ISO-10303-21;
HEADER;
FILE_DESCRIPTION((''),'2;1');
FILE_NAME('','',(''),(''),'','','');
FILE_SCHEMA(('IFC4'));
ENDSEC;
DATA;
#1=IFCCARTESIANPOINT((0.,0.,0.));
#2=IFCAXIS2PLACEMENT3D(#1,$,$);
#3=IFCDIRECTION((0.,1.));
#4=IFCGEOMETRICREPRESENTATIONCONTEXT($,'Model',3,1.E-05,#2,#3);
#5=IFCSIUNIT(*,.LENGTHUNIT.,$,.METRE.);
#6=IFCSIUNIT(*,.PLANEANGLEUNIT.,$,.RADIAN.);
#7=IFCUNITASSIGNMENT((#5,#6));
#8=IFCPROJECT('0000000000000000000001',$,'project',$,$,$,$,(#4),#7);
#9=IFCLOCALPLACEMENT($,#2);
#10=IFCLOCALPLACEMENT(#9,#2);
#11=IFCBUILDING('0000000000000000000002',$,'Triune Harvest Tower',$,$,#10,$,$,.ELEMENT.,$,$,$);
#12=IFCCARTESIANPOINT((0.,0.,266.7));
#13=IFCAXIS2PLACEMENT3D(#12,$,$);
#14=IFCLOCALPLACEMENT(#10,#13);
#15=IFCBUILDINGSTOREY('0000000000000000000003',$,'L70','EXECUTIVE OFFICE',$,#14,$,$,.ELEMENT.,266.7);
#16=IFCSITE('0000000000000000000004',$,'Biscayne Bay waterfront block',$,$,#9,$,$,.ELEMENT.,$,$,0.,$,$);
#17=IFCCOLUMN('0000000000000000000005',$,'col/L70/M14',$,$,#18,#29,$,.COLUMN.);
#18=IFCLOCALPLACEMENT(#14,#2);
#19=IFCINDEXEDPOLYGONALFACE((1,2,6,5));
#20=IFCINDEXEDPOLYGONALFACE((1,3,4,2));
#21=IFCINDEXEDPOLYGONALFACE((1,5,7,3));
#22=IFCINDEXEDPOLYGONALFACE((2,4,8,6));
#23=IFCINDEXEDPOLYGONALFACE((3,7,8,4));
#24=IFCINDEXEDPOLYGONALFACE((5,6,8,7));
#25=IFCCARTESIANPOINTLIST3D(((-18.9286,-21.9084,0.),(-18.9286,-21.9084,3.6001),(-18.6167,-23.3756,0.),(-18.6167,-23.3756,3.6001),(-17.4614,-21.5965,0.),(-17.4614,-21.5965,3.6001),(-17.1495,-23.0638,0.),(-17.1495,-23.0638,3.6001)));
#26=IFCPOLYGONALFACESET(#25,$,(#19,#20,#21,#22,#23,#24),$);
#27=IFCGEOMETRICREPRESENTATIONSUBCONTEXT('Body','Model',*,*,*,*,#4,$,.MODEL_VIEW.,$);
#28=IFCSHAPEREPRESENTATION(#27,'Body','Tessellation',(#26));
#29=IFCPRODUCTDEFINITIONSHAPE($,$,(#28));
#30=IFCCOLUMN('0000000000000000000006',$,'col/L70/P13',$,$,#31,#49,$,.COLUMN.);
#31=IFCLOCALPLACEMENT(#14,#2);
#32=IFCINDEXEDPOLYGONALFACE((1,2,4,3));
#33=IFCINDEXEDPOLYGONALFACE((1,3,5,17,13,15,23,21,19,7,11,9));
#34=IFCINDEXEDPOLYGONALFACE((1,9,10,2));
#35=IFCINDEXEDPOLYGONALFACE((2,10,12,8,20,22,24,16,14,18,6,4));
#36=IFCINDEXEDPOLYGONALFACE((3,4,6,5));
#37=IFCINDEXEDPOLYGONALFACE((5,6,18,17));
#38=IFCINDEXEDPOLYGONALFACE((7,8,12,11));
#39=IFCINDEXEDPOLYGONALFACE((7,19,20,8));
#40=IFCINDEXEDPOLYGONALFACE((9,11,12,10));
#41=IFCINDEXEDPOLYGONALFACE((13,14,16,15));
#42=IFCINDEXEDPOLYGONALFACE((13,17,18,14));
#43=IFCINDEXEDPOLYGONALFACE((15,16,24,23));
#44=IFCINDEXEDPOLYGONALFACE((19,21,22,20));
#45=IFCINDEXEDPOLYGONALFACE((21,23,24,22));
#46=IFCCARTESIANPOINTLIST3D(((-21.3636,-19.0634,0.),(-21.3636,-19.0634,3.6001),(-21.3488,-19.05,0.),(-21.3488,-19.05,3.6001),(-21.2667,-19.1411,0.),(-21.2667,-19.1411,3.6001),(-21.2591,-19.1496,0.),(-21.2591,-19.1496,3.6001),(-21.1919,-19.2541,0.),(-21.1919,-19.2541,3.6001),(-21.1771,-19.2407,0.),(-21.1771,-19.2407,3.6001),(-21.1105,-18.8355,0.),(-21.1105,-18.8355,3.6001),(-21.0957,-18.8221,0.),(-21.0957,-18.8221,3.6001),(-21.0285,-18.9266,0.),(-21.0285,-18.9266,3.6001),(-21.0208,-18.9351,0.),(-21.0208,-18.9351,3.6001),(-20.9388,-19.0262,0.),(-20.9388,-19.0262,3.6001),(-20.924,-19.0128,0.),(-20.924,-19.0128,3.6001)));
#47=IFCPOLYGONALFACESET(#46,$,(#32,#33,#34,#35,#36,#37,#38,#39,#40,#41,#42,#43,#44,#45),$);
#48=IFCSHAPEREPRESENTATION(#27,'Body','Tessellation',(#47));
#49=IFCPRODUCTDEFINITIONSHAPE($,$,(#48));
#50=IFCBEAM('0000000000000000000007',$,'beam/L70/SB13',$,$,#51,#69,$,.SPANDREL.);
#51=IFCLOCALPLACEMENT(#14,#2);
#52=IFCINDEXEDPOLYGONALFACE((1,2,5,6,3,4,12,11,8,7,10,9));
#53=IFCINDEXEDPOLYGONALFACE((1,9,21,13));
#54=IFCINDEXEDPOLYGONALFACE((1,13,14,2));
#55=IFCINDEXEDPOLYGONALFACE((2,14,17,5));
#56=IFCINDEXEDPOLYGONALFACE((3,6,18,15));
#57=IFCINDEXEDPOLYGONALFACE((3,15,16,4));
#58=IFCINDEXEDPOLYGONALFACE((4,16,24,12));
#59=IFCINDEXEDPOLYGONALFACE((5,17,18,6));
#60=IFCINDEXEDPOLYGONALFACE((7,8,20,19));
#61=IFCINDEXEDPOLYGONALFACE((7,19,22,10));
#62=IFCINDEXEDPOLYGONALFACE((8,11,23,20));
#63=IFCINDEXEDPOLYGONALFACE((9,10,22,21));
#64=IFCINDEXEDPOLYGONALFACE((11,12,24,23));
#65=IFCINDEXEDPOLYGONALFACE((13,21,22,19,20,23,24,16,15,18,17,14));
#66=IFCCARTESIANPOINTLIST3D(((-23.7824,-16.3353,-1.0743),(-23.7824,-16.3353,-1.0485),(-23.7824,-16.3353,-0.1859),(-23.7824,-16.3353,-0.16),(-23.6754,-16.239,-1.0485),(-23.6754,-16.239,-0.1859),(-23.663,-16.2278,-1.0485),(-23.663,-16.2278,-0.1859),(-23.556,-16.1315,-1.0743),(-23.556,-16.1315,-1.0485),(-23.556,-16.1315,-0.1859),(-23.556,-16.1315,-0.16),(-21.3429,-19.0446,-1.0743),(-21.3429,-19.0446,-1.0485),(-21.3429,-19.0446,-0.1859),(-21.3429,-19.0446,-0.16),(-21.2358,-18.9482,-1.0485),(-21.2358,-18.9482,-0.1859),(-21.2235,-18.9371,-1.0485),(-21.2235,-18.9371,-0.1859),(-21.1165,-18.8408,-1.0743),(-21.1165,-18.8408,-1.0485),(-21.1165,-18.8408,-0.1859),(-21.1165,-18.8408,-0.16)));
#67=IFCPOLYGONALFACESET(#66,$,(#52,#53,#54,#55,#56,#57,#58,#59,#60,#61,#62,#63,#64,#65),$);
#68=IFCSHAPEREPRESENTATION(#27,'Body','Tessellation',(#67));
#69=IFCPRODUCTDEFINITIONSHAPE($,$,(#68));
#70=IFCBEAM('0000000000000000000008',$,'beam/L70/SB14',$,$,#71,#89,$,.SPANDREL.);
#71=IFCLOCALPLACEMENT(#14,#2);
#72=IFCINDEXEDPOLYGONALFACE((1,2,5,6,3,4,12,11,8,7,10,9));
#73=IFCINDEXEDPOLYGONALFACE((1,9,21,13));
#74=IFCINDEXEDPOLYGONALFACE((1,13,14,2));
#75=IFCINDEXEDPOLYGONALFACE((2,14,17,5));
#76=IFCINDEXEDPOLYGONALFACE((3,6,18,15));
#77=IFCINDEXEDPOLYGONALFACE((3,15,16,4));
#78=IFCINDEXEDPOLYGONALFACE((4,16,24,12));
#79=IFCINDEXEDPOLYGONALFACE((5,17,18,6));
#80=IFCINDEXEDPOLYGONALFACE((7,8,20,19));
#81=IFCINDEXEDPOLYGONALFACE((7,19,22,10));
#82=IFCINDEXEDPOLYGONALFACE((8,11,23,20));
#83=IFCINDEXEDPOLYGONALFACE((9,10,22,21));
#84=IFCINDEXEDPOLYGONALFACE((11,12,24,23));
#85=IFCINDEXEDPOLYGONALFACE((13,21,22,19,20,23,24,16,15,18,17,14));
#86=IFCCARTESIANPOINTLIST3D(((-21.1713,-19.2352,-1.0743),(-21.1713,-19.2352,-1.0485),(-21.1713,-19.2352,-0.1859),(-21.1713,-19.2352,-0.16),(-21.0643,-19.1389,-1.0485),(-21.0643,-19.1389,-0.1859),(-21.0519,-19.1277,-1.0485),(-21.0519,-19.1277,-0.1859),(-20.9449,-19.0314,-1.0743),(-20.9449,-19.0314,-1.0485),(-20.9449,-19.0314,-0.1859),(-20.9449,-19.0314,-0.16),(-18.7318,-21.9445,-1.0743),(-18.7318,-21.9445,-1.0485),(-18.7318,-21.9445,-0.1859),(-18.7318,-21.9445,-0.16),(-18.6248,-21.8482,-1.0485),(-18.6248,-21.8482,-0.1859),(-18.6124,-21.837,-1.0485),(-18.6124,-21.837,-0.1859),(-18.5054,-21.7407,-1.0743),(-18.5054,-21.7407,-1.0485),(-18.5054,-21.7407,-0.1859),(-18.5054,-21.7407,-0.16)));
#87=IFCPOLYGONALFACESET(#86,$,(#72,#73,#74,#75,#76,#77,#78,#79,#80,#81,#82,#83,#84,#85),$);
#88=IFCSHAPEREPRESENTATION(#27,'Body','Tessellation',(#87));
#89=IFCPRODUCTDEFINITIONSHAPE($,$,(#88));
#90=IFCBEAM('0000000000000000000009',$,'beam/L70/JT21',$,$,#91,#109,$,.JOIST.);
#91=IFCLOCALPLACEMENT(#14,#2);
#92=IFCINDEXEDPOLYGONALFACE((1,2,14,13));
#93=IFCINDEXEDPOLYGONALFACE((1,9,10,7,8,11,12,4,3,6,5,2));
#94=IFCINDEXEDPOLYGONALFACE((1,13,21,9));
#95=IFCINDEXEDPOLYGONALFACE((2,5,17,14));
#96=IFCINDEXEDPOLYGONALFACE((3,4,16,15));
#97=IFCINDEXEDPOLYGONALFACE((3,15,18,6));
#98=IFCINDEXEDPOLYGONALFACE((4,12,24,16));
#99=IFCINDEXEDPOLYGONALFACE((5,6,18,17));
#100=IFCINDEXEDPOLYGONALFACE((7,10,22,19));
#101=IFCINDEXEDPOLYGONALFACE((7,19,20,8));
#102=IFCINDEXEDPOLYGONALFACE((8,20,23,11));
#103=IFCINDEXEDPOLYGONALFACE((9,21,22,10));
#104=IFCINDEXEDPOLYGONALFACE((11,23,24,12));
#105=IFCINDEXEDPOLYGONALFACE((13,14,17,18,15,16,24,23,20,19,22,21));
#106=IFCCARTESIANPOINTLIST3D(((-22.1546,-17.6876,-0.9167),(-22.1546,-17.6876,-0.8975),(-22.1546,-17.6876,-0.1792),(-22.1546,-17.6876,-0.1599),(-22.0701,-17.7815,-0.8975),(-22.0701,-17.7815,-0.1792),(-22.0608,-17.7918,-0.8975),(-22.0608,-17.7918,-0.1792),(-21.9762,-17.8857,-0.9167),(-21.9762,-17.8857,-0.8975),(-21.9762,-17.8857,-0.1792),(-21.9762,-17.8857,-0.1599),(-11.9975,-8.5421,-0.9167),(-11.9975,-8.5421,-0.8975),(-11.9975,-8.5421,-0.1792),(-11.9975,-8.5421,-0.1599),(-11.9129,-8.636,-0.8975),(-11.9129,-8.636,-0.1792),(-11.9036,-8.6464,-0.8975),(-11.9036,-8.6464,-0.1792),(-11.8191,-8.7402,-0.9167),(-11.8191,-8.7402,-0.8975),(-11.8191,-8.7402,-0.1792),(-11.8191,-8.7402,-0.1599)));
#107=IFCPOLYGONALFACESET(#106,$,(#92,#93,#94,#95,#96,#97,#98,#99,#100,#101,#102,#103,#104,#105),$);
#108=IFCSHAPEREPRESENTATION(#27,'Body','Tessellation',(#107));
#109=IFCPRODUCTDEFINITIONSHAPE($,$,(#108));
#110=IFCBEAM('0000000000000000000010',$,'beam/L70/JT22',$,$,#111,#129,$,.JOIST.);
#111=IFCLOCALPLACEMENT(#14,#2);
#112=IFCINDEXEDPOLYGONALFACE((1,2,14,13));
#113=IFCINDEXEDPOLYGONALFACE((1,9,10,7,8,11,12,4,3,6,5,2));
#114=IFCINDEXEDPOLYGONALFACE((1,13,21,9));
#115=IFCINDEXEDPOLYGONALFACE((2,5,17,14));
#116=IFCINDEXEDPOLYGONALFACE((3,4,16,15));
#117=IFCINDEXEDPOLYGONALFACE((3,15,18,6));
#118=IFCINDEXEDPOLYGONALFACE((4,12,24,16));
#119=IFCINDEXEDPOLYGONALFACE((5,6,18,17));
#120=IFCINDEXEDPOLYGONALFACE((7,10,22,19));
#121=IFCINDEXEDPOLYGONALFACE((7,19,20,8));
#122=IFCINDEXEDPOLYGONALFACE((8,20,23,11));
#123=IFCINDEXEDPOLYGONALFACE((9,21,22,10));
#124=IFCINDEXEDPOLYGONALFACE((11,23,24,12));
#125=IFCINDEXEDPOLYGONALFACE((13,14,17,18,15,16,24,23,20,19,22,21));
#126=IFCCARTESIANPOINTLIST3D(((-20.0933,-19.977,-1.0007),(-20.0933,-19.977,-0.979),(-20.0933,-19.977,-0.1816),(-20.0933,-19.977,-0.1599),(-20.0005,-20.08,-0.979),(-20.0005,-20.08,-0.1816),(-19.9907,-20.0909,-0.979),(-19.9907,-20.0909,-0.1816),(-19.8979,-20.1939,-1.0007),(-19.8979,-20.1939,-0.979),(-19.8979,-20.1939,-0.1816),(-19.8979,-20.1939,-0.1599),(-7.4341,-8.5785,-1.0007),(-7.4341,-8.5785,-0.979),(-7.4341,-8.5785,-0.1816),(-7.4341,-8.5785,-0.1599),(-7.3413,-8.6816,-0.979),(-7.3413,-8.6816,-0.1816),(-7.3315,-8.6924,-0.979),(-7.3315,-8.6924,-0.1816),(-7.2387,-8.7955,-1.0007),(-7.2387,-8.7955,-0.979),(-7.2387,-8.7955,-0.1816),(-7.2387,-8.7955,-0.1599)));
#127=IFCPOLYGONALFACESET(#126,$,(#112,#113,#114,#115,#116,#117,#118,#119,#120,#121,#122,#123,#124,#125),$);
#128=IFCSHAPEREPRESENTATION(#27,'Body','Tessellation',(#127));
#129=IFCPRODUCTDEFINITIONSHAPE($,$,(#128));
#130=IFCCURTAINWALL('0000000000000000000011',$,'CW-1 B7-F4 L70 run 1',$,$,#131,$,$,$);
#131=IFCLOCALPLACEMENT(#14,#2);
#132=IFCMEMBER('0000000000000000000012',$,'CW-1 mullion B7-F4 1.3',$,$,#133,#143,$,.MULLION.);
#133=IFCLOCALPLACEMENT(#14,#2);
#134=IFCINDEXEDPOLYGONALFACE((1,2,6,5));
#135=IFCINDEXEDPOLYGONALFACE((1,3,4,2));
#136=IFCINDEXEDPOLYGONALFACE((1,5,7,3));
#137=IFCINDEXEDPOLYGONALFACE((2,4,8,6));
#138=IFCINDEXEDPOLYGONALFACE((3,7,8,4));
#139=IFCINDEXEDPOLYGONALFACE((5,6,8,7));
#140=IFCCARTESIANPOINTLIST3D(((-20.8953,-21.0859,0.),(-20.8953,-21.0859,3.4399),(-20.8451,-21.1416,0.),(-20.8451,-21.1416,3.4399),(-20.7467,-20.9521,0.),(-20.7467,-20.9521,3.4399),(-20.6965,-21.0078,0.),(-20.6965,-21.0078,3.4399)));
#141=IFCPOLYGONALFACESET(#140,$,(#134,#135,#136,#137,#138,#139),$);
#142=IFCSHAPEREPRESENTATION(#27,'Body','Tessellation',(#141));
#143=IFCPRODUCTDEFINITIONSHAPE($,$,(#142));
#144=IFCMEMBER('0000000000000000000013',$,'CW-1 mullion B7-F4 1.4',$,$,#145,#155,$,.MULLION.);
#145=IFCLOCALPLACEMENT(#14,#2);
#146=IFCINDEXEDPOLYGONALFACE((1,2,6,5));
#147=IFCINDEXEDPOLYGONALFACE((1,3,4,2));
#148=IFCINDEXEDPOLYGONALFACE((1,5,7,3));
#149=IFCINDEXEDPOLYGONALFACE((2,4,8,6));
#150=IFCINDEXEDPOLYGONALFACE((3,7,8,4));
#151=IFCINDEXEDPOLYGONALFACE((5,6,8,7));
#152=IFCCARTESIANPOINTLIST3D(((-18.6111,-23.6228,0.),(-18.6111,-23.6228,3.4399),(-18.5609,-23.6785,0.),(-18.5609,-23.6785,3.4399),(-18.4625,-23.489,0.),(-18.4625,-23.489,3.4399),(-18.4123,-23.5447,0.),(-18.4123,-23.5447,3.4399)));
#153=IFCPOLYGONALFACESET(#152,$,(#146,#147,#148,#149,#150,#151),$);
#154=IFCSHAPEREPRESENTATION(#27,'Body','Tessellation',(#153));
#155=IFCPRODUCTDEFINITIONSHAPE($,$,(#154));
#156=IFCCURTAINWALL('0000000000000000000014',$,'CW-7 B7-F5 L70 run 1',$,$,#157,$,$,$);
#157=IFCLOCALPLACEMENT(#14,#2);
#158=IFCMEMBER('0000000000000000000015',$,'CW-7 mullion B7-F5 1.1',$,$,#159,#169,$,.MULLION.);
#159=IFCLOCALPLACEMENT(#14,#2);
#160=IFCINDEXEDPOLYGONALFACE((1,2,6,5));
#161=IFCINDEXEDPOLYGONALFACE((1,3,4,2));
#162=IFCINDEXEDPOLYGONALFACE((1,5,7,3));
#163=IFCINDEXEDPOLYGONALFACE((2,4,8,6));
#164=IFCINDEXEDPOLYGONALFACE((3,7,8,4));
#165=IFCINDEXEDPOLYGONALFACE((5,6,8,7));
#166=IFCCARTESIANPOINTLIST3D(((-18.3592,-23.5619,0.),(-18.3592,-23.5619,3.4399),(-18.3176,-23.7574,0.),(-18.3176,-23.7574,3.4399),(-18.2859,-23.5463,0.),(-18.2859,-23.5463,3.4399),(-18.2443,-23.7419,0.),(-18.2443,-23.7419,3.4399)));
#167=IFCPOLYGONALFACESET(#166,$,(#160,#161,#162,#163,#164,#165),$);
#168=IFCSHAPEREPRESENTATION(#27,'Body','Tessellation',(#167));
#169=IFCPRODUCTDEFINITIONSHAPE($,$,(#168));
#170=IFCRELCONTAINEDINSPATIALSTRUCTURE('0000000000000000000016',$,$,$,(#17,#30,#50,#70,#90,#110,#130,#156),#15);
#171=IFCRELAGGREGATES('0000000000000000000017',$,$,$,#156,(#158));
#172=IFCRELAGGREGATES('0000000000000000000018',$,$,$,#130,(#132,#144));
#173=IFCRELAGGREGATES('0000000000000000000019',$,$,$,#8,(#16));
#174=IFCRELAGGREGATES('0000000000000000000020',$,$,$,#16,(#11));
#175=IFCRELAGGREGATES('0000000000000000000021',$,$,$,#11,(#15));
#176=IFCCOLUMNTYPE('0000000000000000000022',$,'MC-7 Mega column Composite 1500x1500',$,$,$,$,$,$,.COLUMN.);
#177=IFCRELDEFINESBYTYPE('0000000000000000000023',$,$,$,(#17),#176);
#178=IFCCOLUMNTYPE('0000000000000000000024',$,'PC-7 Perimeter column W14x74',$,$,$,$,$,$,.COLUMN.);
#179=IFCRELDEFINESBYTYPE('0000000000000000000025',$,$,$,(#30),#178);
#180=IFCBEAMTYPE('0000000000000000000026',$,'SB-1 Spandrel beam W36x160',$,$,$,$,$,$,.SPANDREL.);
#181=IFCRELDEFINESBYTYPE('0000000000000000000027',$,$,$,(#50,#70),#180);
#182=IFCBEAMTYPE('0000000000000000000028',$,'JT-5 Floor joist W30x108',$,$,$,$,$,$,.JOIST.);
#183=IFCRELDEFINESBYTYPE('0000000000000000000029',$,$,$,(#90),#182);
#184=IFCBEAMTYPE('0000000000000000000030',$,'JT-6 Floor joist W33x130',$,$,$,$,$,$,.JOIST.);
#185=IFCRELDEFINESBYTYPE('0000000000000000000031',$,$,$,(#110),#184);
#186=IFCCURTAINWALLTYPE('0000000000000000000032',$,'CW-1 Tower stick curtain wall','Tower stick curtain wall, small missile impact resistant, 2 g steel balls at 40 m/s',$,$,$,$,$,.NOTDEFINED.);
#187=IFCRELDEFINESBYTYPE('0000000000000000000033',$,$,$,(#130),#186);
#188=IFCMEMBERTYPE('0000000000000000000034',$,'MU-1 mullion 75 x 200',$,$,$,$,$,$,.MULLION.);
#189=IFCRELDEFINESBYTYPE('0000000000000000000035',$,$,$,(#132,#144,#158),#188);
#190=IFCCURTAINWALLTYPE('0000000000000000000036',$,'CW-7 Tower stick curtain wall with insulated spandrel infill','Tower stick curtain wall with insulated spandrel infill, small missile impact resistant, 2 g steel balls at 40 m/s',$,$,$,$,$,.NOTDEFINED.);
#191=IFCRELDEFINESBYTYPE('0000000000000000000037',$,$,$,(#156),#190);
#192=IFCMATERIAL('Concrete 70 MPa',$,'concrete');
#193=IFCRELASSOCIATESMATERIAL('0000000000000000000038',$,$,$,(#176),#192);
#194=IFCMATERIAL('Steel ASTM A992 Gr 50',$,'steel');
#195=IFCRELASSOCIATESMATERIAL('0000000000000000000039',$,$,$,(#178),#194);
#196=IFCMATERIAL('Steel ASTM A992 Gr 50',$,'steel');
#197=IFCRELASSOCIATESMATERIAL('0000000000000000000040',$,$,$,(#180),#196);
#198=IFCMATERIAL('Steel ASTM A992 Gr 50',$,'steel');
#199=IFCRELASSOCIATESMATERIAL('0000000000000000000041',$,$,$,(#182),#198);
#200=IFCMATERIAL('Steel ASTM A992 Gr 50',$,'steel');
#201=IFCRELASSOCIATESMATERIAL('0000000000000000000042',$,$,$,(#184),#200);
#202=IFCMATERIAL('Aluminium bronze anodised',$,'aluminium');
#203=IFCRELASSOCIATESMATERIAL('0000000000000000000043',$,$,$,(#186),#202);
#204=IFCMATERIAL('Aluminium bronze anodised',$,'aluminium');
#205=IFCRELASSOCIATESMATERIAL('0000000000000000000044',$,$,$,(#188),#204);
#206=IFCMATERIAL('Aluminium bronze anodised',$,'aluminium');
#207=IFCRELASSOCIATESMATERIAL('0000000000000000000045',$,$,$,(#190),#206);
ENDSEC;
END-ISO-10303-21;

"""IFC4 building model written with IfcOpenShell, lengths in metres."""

from ifc_helpers import new_model, si_unit, direction, frame, origin, origin_2d, place, context, subcontext, project, spatial, rectangle, i_section, extrude, source, transform, mapped, material, material_profile, profile_set, type_object, element, aggregate, save


model = new_model("IFC4")

# Units and contexts
model_context = context("Model", 3, precision=1e-05, world=origin(), true_north=direction((0.0, 1.0)))
body_context = subcontext(model_context, "Body", "Model", "MODEL_VIEW")
ifc_project = project(units=[si_unit("LENGTHUNIT", "METRE"), si_unit("PLANEANGLEUNIT", "RADIAN")], contexts=[model_context])

# Site, building, storey
site_placement = place(None, origin())
site = spatial("IfcSite", under=ifc_project, at=site_placement, Name="Biscayne Bay waterfront block", CompositionType="ELEMENT", RefElevation=0.0)
building_placement = place(site_placement, origin())
building = spatial("IfcBuilding", under=site, at=building_placement, Name="Triune Harvest Tower", CompositionType="ELEMENT")
storey_placement = place(building_placement, frame((0.0, 0.0, 266.7)))
storey = spatial("IfcBuildingStorey", under=building, at=storey_placement, Name="L70", Description="EXECUTIVE OFFICE", CompositionType="ELEMENT", Elevation=266.7)

# Columns
ifc_material_1 = material(Name="Concrete 70 MPa", Category="concrete")
ifc_material_profile_1 = material_profile(ifc_material_1, rectangle(XDim=1.5, YDim=1.5, at=origin_2d()), Name="Composite 1500x1500")
ifc_profile_set_1 = profile_set([ifc_material_profile_1], Name="Concrete 70 MPa")
column_type_1 = type_object("IfcColumnType", Name="MC-7 Mega column Composite 1500x1500", PredefinedType="COLUMN", material=ifc_profile_set_1)
shared_shape_1 = source(origin(), body_context, "Body", "SweptSolid", [
    extrude(rectangle(XDim=1.5, YDim=1.5, at=origin_2d()), origin(), (0.0, 0.0, 1.0), 3.6001),
])
column_1_placement = place(storey_placement, frame((-18.0391, -22.4861, 0.0), z_axis=(0.0, 0.0, 1.0), x_axis=(0.978147, 0.207913, 0.0)))
element("IfcColumn", 1, at=column_1_placement, inside=storey, type_object=column_type_1, Name="col/L70/M14", PredefinedType="COLUMN", context=body_context, shape_type="MappedRepresentation", body=[
    mapped(shared_shape_1, transform((0.0, 0.0, 0.0), scale=1.0)),
])
ifc_material_2 = material(Name="Steel ASTM A992 Gr 50", Category="steel")
ifc_material_profile_2 = material_profile(ifc_material_2, i_section(OverallWidth=0.2566, OverallDepth=0.3606, WebThickness=0.0115, FlangeThickness=0.02, at=origin_2d()), Name="W14x74")
ifc_profile_set_2 = profile_set([ifc_material_profile_2], Name="Steel ASTM A992 Gr 50")
column_type_2 = type_object("IfcColumnType", Name="PC-7 Perimeter column W14x74", PredefinedType="COLUMN", material=ifc_profile_set_2)
shared_shape_2 = source(origin(), body_context, "Body", "SweptSolid", [
    extrude(i_section(OverallWidth=0.2566, OverallDepth=0.3606, WebThickness=0.0115, FlangeThickness=0.02, at=origin_2d()), origin(), (0.0, 0.0, 1.0), 3.6001),
])
column_2_placement = place(storey_placement, frame((-21.1438, -19.0381, 0.0), z_axis=(0.0, 0.0, 1.0), x_axis=(0.669129, -0.743146, 0.0)))
element("IfcColumn", 2, at=column_2_placement, inside=storey, type_object=column_type_2, Name="col/L70/P13", PredefinedType="COLUMN", context=body_context, shape_type="MappedRepresentation", body=[
    mapped(shared_shape_2, transform((0.0, 0.0, 0.0), scale=1.0)),
])

# Beams
ifc_material_3 = material(Name="Steel ASTM A992 Gr 50", Category="steel")
ifc_material_profile_3 = material_profile(ifc_material_3, i_section(OverallWidth=0.3047, OverallDepth=0.9143, WebThickness=0.0166, FlangeThickness=0.0259, at=origin_2d()), Name="W36x160")
ifc_profile_set_3 = profile_set([ifc_material_profile_3], Name="Steel ASTM A992 Gr 50")
beam_type_1 = type_object("IfcBeamType", Name="SB-1 Spandrel beam W36x160", PredefinedType="SPANDREL", material=ifc_profile_set_3)
shared_shape_3 = source(origin(), body_context, "Body", "SweptSolid", [
    extrude(i_section(OverallWidth=0.3047, OverallDepth=0.9143, WebThickness=0.0166, FlangeThickness=0.0259, at=origin_2d()), origin(), (0.0, 0.0, 1.0), 3.6458),
])
for number, where, z_axis, x_axis, name in (
    (3, (-23.6692, -16.2334, -0.6172), (0.669139, -0.743138, 0.0), (0.743138, 0.669139, 0.0), "beam/L70/SB13"),
    (4, (-21.0581, -19.1333, -0.6172), (0.669139, -0.743138, 0.0), (0.743138, 0.669139, 0.0), "beam/L70/SB14"),
):
    element("IfcBeam", number, at=place(storey_placement, frame(where, z_axis=z_axis, x_axis=x_axis)), inside=storey, type_object=beam_type_1, Name=name, PredefinedType="SPANDREL", context=body_context, shape_type="MappedRepresentation", body=[
        mapped(shared_shape_3, transform((0.0, 0.0, 0.0), scale=1.0)),
    ])
ifc_material_4 = material(Name="Steel ASTM A992 Gr 50", Category="steel")
ifc_material_profile_4 = material_profile(ifc_material_4, i_section(OverallWidth=0.2666, OverallDepth=0.7568, WebThickness=0.0139, FlangeThickness=0.0193, at=origin_2d()), Name="W30x108")
ifc_profile_set_4 = profile_set([ifc_material_profile_4], Name="Steel ASTM A992 Gr 50")
beam_type_2 = type_object("IfcBeamType", Name="JT-5 Floor joist W30x108", PredefinedType="JOIST", material=ifc_profile_set_4)
shared_shape_4 = source(origin(), body_context, "Body", "SweptSolid", [
    extrude(i_section(OverallWidth=0.2666, OverallDepth=0.7568, WebThickness=0.0139, FlangeThickness=0.0193, at=origin_2d()), origin(), (0.0, 0.0, 1.0), 13.6677),
])
beam_1_placement = place(storey_placement, frame((-22.0654, -17.7866, -0.5383), z_axis=(0.743148, 0.669127, 0.0), x_axis=(-0.669127, 0.743148, 0.0)))
element("IfcBeam", 5, at=beam_1_placement, inside=storey, type_object=beam_type_2, Name="beam/L70/JT21", PredefinedType="JOIST", context=body_context, shape_type="MappedRepresentation", body=[
    mapped(shared_shape_4, transform((0.0, 0.0, 0.0), scale=1.0)),
])
ifc_material_5 = material(Name="Steel ASTM A992 Gr 50", Category="steel")
ifc_material_profile_5 = material_profile(ifc_material_5, i_section(OverallWidth=0.292, OverallDepth=0.8408, WebThickness=0.0146, FlangeThickness=0.0217, at=origin_2d()), Name="W33x130")
ifc_profile_set_5 = profile_set([ifc_material_profile_5], Name="Steel ASTM A992 Gr 50")
beam_type_3 = type_object("IfcBeamType", Name="JT-6 Floor joist W33x130", PredefinedType="JOIST", material=ifc_profile_set_5)
shared_shape_5 = source(origin(), body_context, "Body", "SweptSolid", [
    extrude(i_section(OverallWidth=0.292, OverallDepth=0.8408, WebThickness=0.0146, FlangeThickness=0.0217, at=origin_2d()), origin(), (0.0, 0.0, 1.0), 17.0347),
])
beam_2_placement = place(storey_placement, frame((-19.9956, -20.0854, -0.5803), z_axis=(0.743143, 0.669133, 0.0), x_axis=(-0.669133, 0.743143, 0.0)))
element("IfcBeam", 6, at=beam_2_placement, inside=storey, type_object=beam_type_3, Name="beam/L70/JT22", PredefinedType="JOIST", context=body_context, shape_type="MappedRepresentation", body=[
    mapped(shared_shape_5, transform((0.0, 0.0, 0.0), scale=1.0)),
])

# Curtain wall, members
ifc_material_6 = material(Name="Aluminium bronze anodised", Category="aluminium")
curtain_wall_type_1 = type_object("IfcCurtainWallType", Name="CW-1 Tower stick curtain wall", Description="Tower stick curtain wall, small missile impact resistant, 2 g steel balls at 40 m/s", PredefinedType="NOTDEFINED", material=ifc_material_6)
curtain_wall_1_placement = place(storey_placement, origin())
curtain_wall_1 = element("IfcCurtainWall", 7, at=curtain_wall_1_placement, inside=storey, type_object=curtain_wall_type_1, Name="CW-1 B7-F4 L70 run 1")
ifc_material_7 = material(Name="Aluminium bronze anodised", Category="aluminium")
ifc_material_profile_6 = material_profile(ifc_material_7, rectangle(XDim=0.2, YDim=0.075, at=origin_2d()), Name="MU-1 mullion 75 x 200")
ifc_profile_set_6 = profile_set([ifc_material_profile_6], Name="Aluminium bronze anodised")
member_type_1 = type_object("IfcMemberType", Name="MU-1 mullion 75 x 200", PredefinedType="MULLION", material=ifc_profile_set_6)
shared_shape_6 = source(origin(), body_context, "Body", "SweptSolid", [
    extrude(rectangle(XDim=0.2, YDim=0.075, at=origin_2d()), origin(), (0.0, 0.0, 1.0), 3.4399),
])
member_1_placement = place(storey_placement, frame((-20.7959, -21.0469, 0.0), z_axis=(0.0, 0.0, 1.0), x_axis=(0.743144, 0.669132, 0.0)))
member_1 = element("IfcMember", 8, at=member_1_placement, type_object=member_type_1, Name="CW-1 mullion B7-F4 1.3", PredefinedType="MULLION", context=body_context, shape_type="MappedRepresentation", body=[
    mapped(shared_shape_6, transform((0.0, 0.0, 0.0), scale=1.0)),
])
member_2_placement = place(storey_placement, frame((-18.5117, -23.5837, 0.0), z_axis=(0.0, 0.0, 1.0), x_axis=(0.743144, 0.669132, 0.0)))
member_2 = element("IfcMember", 9, at=member_2_placement, type_object=member_type_1, Name="CW-1 mullion B7-F4 1.4", PredefinedType="MULLION", context=body_context, shape_type="MappedRepresentation", body=[
    mapped(shared_shape_6, transform((0.0, 0.0, 0.0), scale=1.0)),
])

# Curtain wall, member
ifc_material_8 = material(Name="Aluminium bronze anodised", Category="aluminium")
curtain_wall_type_2 = type_object("IfcCurtainWallType", Name="CW-7 Tower stick curtain wall with insulated spandrel infill", Description="Tower stick curtain wall with insulated spandrel infill, small missile impact resistant, 2 g steel balls at 40 m/s", PredefinedType="NOTDEFINED", material=ifc_material_8)
curtain_wall_2_placement = place(storey_placement, origin())
curtain_wall_2 = element("IfcCurtainWall", 10, at=curtain_wall_2_placement, inside=storey, type_object=curtain_wall_type_2, Name="CW-7 B7-F5 L70 run 1")
member_3_placement = place(storey_placement, frame((-18.3018, -23.6519, 0.0), z_axis=(0.0, 0.0, 1.0), x_axis=(-0.207909, 0.978148, 0.0)))
member_3 = element("IfcMember", 11, at=member_3_placement, type_object=member_type_1, Name="CW-7 mullion B7-F5 1.1", PredefinedType="MULLION", context=body_context, shape_type="MappedRepresentation", body=[
    mapped(shared_shape_6, transform((0.0, 0.0, 0.0), scale=1.0)),
])

aggregate(curtain_wall_2, [member_3])

aggregate(curtain_wall_1, [member_1, member_2])

save(model, "model.ifc")
